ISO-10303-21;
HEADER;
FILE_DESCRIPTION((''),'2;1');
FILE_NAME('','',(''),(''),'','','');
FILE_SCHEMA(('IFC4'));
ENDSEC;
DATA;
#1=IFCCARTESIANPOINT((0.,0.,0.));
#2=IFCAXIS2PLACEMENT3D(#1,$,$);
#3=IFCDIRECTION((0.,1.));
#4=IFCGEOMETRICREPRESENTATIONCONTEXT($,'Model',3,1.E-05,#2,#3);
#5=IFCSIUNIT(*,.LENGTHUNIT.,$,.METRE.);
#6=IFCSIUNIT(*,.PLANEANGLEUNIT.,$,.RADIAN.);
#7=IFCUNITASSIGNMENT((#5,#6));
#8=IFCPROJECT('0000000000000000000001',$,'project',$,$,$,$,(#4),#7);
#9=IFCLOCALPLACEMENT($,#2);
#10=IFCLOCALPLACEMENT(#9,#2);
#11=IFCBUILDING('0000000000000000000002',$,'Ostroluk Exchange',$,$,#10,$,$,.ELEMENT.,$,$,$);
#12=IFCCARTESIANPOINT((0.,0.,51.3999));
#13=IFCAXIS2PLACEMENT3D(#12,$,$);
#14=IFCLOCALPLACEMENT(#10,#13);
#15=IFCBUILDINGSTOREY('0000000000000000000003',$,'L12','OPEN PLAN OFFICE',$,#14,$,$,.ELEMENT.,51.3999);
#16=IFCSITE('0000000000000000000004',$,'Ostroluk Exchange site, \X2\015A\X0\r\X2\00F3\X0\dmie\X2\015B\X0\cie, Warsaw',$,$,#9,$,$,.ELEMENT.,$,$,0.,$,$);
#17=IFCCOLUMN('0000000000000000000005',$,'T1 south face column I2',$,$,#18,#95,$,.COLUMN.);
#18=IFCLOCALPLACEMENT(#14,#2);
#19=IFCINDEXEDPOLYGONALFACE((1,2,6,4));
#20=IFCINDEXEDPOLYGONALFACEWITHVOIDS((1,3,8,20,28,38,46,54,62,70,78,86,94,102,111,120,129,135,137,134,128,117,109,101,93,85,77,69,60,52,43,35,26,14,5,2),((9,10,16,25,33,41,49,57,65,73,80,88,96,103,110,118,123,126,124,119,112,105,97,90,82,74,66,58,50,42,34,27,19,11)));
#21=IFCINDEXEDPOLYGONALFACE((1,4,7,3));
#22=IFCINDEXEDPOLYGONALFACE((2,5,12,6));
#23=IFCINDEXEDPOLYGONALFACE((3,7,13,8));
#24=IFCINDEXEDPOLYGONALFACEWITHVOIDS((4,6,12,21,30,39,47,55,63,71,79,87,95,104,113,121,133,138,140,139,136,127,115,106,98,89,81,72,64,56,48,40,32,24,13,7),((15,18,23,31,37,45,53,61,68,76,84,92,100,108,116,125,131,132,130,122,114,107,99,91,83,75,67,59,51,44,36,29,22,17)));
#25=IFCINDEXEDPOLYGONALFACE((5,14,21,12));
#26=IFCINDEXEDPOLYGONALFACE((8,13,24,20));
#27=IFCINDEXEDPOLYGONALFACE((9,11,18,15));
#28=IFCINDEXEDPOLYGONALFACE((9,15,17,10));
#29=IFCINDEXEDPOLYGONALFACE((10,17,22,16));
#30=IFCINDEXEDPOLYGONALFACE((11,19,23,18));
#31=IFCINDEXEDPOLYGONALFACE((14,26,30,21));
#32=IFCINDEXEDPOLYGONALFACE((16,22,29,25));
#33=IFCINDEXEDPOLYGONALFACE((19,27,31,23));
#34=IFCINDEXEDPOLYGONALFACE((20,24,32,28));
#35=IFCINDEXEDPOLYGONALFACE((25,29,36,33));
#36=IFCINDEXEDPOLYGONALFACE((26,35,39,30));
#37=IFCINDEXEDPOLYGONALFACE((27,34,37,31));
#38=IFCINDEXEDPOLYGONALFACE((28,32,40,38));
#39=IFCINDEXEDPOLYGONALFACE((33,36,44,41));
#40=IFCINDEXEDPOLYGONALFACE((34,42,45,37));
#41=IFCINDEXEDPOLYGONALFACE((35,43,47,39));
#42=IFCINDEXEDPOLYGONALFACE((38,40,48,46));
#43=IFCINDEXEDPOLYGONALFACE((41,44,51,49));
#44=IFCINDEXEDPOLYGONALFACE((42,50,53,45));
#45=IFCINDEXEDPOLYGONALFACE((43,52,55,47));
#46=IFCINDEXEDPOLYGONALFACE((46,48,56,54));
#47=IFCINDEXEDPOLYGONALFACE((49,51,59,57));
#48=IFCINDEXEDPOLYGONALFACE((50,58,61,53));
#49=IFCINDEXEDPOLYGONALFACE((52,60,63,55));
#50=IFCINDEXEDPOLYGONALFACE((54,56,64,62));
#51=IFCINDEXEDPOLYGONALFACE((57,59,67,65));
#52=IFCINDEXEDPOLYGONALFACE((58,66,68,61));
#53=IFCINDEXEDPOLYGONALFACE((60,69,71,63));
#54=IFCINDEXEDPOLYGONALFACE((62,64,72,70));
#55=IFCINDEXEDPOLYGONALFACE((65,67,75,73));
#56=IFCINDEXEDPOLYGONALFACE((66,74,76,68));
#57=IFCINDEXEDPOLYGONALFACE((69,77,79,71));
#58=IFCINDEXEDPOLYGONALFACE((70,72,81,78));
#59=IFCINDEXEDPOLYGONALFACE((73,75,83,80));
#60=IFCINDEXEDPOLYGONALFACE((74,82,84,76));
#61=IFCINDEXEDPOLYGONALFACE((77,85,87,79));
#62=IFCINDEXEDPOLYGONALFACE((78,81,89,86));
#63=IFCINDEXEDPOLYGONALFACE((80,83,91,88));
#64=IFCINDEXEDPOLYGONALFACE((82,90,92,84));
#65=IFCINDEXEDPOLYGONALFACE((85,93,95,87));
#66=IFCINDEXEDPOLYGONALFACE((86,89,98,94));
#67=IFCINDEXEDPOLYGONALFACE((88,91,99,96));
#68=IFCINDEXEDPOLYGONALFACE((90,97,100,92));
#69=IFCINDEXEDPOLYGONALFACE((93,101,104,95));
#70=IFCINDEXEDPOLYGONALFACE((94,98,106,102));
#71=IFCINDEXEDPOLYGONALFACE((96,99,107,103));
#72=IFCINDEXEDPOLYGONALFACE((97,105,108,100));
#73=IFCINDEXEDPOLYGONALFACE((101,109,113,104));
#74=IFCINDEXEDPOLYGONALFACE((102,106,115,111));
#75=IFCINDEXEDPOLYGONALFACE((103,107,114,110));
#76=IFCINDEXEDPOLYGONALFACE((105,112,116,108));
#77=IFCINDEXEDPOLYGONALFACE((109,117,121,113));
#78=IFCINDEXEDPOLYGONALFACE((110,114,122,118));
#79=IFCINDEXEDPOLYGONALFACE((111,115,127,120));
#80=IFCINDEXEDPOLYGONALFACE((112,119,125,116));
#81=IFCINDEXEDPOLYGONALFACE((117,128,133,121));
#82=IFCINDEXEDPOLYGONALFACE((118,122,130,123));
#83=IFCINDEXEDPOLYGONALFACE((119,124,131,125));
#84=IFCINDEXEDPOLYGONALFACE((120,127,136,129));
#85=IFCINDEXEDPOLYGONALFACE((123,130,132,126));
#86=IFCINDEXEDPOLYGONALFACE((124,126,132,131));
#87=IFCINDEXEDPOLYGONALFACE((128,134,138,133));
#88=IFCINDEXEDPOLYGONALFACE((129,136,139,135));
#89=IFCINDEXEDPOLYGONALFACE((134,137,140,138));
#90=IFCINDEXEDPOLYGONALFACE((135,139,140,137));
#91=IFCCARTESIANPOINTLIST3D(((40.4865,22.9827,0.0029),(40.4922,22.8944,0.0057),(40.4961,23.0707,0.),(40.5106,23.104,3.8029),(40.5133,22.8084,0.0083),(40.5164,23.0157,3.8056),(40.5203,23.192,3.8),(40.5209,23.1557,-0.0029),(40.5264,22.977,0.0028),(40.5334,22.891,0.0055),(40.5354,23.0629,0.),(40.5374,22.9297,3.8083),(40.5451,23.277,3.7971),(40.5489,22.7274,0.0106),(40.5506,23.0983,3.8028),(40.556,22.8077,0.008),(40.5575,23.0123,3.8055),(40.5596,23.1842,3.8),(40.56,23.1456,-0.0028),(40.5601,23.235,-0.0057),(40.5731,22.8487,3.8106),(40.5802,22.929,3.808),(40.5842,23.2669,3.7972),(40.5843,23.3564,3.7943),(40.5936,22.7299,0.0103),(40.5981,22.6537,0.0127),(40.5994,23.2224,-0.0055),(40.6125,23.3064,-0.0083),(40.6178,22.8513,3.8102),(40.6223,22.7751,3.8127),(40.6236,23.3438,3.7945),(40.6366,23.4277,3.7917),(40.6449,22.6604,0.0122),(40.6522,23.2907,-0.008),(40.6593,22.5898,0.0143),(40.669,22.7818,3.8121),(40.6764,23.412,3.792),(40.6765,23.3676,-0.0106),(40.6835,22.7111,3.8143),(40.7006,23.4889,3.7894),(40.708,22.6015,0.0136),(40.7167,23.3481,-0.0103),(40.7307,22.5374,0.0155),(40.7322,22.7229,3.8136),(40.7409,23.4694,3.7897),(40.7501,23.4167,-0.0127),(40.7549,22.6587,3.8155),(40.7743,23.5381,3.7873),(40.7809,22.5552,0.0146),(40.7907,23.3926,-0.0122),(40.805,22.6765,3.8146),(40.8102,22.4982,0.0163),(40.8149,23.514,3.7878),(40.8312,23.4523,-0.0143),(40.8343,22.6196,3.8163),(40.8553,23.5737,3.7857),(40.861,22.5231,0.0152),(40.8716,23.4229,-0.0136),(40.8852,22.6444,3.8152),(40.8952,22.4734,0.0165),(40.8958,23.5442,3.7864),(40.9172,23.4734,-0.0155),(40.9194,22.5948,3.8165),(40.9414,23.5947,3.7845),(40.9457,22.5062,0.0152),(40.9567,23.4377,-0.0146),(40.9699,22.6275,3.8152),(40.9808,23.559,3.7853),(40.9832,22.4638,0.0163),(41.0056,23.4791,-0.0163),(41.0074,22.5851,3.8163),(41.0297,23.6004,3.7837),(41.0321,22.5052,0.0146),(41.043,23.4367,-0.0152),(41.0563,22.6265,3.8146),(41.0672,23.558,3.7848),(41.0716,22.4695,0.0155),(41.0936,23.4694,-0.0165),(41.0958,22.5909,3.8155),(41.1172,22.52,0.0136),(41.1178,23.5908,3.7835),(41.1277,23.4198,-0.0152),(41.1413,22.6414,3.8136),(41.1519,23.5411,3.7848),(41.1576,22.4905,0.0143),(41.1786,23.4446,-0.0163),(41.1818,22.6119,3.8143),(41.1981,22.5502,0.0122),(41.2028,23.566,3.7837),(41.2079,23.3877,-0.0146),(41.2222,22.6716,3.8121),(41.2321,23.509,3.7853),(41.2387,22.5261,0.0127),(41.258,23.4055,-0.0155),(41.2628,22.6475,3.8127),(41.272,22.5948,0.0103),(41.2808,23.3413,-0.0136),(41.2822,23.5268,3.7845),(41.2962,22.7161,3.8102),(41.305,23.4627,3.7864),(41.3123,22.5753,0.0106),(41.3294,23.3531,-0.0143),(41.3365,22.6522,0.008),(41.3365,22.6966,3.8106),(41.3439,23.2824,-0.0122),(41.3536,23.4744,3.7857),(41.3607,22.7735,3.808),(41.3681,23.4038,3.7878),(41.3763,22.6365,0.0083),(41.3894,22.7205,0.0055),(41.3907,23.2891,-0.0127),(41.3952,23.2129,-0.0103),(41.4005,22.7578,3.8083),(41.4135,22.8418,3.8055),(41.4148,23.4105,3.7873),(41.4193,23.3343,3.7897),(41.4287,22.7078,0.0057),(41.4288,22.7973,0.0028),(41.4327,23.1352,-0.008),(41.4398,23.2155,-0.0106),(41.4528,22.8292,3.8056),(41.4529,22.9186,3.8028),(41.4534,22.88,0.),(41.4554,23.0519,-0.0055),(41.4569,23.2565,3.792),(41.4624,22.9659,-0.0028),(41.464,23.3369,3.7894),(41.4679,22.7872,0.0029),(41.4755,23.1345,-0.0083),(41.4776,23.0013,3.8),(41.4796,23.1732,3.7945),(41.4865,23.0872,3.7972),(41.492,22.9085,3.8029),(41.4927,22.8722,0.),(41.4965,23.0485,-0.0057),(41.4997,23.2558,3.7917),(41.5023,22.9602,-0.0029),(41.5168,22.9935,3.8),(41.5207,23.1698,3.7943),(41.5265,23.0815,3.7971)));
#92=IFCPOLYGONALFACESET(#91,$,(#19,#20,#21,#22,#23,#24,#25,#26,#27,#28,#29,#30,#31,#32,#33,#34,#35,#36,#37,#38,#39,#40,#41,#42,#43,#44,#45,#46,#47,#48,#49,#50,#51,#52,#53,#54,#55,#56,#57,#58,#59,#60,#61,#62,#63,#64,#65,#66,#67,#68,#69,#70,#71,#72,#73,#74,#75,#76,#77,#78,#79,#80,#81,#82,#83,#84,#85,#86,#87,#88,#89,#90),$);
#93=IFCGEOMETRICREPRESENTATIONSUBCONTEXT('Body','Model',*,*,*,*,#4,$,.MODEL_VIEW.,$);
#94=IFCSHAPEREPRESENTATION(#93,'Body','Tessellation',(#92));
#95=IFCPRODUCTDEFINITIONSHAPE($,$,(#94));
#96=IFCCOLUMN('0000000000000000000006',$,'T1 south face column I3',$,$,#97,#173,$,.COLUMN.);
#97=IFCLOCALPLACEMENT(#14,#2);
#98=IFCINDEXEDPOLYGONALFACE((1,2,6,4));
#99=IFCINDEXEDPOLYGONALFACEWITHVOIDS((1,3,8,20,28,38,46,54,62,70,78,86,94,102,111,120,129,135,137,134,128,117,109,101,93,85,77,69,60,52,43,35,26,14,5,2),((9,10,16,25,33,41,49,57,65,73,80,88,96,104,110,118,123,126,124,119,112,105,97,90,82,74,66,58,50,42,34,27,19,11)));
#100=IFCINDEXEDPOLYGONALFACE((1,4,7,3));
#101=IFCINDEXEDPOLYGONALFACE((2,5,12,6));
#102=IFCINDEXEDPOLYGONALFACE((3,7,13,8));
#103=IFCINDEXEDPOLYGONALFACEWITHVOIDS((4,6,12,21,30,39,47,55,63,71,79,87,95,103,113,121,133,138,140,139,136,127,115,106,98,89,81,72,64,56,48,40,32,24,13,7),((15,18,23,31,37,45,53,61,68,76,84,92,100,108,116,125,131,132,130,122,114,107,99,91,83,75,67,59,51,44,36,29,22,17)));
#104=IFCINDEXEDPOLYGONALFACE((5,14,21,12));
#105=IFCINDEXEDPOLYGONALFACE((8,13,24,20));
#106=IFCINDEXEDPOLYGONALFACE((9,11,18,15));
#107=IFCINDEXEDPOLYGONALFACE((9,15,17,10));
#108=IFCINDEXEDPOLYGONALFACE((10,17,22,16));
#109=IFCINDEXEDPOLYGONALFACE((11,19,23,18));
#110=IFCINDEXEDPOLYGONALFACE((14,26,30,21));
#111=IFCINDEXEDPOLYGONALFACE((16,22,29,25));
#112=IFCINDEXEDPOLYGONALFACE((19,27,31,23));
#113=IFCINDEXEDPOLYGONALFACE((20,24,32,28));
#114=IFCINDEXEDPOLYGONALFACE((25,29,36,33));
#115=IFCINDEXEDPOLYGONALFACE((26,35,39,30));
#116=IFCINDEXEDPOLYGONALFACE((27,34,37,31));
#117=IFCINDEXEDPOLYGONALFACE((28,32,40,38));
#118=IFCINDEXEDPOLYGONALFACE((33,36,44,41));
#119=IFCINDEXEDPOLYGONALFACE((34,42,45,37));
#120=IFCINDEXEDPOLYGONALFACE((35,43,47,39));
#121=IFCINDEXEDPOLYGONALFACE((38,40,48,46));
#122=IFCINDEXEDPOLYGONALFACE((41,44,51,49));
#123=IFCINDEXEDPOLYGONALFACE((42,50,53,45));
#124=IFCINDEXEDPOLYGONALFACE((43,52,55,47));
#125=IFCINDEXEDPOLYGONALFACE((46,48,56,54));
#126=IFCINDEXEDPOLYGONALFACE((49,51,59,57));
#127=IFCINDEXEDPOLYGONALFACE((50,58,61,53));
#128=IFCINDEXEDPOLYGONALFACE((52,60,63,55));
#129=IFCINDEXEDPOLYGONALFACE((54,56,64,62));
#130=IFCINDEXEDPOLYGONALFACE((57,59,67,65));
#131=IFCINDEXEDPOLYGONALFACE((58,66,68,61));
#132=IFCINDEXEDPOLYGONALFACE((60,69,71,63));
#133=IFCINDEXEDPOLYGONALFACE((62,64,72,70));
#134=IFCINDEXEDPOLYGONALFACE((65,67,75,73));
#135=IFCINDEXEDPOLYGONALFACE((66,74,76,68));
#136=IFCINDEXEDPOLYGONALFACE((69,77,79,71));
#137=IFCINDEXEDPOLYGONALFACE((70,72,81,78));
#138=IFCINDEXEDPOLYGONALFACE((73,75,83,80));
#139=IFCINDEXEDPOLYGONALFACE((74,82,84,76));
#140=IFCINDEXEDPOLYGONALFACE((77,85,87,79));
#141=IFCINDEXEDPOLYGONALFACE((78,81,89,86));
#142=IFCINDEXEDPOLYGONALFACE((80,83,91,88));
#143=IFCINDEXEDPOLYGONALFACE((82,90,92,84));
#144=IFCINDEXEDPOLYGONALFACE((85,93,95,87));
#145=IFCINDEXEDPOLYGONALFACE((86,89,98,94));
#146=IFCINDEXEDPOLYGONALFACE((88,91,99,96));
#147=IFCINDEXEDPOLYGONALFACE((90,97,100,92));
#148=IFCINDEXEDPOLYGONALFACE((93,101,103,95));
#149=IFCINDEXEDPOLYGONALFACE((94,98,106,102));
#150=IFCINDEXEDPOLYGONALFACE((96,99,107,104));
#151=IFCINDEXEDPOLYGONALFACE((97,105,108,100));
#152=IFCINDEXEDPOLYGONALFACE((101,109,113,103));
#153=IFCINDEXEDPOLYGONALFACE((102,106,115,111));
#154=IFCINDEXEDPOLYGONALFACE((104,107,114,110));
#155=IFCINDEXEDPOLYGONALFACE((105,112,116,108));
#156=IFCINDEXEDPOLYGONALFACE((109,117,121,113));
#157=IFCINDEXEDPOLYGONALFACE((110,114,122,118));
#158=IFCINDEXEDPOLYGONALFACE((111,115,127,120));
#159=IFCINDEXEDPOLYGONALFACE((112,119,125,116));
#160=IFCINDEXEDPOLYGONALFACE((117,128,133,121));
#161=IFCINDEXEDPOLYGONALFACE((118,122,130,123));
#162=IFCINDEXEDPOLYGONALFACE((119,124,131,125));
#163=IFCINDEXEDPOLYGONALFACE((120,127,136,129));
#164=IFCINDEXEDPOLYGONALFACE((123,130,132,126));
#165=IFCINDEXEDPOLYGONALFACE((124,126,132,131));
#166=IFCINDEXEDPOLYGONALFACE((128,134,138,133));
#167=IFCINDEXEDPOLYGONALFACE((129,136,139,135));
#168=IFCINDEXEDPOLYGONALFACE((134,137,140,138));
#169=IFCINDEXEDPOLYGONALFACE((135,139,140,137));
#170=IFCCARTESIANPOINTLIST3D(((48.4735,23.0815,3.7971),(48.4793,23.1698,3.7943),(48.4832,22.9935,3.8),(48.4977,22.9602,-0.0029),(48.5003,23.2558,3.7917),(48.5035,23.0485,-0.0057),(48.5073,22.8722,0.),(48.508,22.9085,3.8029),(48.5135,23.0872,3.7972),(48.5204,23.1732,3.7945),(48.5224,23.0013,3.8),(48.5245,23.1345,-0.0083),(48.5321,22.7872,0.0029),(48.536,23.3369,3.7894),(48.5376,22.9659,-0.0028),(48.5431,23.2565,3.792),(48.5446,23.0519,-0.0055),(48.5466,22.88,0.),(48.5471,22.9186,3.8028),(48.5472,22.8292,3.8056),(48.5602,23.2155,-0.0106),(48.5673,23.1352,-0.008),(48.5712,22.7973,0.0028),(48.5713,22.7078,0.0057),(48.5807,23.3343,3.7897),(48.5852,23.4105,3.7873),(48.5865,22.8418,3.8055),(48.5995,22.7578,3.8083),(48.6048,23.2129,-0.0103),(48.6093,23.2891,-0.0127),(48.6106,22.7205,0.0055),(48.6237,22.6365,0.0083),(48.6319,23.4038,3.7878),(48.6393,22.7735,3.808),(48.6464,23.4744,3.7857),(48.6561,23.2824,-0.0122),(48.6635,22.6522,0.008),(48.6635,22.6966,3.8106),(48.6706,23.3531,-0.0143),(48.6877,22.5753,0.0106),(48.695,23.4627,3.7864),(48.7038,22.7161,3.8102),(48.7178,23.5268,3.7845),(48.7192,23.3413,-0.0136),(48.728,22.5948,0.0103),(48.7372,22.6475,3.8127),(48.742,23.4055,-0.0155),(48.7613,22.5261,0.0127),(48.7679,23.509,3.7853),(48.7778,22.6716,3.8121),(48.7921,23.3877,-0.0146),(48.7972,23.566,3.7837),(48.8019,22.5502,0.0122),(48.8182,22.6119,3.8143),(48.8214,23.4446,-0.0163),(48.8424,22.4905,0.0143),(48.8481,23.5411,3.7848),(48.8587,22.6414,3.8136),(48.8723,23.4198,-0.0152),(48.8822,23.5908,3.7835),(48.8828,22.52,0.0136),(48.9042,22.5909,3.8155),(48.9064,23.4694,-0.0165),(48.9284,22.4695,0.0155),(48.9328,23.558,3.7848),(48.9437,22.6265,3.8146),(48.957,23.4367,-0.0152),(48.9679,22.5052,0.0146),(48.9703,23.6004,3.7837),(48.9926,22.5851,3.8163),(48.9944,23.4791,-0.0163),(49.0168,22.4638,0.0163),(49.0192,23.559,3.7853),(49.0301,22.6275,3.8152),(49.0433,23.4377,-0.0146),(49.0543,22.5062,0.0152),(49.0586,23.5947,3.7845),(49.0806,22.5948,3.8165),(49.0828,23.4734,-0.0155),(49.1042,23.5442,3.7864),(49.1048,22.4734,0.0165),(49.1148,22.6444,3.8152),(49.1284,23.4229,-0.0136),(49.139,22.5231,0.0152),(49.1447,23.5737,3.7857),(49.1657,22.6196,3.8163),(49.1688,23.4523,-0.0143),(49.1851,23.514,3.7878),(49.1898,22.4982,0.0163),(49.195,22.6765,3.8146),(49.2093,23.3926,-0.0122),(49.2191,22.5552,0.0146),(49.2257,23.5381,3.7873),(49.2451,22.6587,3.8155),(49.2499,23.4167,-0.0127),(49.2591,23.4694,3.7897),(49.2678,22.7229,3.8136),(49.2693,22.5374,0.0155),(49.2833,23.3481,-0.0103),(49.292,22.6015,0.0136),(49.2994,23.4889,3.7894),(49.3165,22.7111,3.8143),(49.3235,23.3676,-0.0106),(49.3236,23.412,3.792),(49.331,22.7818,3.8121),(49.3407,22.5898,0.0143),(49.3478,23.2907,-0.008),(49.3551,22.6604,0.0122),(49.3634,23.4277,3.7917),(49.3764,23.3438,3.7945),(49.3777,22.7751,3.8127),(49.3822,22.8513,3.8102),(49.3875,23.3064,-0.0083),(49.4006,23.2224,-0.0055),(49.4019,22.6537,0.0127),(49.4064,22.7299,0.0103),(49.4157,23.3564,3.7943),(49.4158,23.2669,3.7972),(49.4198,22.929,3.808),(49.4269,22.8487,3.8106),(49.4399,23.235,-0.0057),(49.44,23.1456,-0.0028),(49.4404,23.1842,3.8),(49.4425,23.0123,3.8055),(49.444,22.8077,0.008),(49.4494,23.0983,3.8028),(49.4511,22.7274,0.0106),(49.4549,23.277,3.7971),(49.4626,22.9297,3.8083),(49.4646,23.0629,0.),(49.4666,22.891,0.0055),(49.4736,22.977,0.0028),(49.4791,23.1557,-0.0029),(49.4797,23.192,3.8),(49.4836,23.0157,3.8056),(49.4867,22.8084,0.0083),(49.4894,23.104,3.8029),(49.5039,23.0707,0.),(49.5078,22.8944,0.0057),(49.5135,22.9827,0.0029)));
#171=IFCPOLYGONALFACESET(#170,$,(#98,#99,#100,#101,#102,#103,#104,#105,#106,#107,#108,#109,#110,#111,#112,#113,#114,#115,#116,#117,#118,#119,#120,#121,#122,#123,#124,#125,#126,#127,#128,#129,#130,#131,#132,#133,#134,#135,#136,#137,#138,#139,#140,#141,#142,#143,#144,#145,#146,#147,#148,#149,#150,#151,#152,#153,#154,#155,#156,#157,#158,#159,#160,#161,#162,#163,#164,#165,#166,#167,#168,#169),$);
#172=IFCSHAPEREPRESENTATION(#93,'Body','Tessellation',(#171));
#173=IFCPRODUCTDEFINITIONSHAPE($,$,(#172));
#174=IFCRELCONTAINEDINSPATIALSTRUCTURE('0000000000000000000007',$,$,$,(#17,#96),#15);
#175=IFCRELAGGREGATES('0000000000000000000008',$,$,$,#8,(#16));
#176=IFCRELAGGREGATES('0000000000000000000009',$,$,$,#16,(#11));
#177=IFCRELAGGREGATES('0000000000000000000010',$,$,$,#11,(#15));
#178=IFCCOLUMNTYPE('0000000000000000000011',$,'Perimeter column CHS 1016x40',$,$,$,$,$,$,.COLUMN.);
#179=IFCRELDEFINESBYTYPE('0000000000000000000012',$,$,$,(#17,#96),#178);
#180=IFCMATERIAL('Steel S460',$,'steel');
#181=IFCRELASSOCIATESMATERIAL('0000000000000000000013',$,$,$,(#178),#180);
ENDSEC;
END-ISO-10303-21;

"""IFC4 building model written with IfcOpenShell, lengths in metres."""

from ifc_helpers import new_model, si_unit, direction, frame, origin, origin_2d, place, context, subcontext, project, spatial, hollow_circle, extrude, material, material_profile, profile_set, type_object, element, save


model = new_model("IFC4")

# Units and contexts
model_context = context("Model", 3, precision=1e-05, world=origin(), true_north=direction((0.0, 1.0)))
body_context = subcontext(model_context, "Body", "Model", "MODEL_VIEW")
ifc_project = project(units=[si_unit("LENGTHUNIT", "METRE"), si_unit("PLANEANGLEUNIT", "RADIAN")], contexts=[model_context])

# Site, building, storey
site_placement = place(None, origin())
site = spatial("IfcSite", under=ifc_project, at=site_placement, Name="Ostroluk Exchange site, Śródmieście, Warsaw", CompositionType="ELEMENT", RefElevation=0.0)
building_placement = place(site_placement, origin())
building = spatial("IfcBuilding", under=site, at=building_placement, Name="Ostroluk Exchange", CompositionType="ELEMENT")
storey_placement = place(building_placement, frame((0.0, 0.0, 51.3999)))
storey = spatial("IfcBuildingStorey", under=building, at=storey_placement, Name="L12", Description="OPEN PLAN OFFICE", CompositionType="ELEMENT", Elevation=51.3999)

# Columns
ifc_material_1 = material(Name="Steel S460", Category="steel")
ifc_material_profile_1 = material_profile(ifc_material_1, hollow_circle(Radius=0.5081, WallThickness=0.04, at=origin_2d()), Name="CHS 1016x40")
ifc_profile_set_1 = profile_set([ifc_material_profile_1], Name="Steel S460")
column_type = type_object("IfcColumnType", Name="Perimeter column CHS 1016x40", PredefinedType="COLUMN", material=ifc_profile_set_1)
for number, where, z_axis, x_axis, name in (
    (1, (40.9944, 22.9714, 0.0), (0.006357, 0.031914, 0.99947), (-0.980732, 0.195357, 0.0), "T1 south face column I2"),
    (2, (49.0056, 22.9714, 0.0), (-0.006357, 0.031914, 0.99947), (-0.980732, -0.195357, 0.0), "T1 south face column I3"),
):
    element("IfcColumn", number, at=place(storey_placement, frame(where, z_axis=z_axis, x_axis=x_axis)), inside=storey, type_object=column_type, Name=name, PredefinedType="COLUMN", context=body_context, shape_type="SweptSolid", body=[
        extrude(hollow_circle(Radius=0.5081, WallThickness=0.04, at=origin_2d()), origin(), (0.0, 0.0, 1.0), 3.802),
    ])

save(model, "model.ifc")
